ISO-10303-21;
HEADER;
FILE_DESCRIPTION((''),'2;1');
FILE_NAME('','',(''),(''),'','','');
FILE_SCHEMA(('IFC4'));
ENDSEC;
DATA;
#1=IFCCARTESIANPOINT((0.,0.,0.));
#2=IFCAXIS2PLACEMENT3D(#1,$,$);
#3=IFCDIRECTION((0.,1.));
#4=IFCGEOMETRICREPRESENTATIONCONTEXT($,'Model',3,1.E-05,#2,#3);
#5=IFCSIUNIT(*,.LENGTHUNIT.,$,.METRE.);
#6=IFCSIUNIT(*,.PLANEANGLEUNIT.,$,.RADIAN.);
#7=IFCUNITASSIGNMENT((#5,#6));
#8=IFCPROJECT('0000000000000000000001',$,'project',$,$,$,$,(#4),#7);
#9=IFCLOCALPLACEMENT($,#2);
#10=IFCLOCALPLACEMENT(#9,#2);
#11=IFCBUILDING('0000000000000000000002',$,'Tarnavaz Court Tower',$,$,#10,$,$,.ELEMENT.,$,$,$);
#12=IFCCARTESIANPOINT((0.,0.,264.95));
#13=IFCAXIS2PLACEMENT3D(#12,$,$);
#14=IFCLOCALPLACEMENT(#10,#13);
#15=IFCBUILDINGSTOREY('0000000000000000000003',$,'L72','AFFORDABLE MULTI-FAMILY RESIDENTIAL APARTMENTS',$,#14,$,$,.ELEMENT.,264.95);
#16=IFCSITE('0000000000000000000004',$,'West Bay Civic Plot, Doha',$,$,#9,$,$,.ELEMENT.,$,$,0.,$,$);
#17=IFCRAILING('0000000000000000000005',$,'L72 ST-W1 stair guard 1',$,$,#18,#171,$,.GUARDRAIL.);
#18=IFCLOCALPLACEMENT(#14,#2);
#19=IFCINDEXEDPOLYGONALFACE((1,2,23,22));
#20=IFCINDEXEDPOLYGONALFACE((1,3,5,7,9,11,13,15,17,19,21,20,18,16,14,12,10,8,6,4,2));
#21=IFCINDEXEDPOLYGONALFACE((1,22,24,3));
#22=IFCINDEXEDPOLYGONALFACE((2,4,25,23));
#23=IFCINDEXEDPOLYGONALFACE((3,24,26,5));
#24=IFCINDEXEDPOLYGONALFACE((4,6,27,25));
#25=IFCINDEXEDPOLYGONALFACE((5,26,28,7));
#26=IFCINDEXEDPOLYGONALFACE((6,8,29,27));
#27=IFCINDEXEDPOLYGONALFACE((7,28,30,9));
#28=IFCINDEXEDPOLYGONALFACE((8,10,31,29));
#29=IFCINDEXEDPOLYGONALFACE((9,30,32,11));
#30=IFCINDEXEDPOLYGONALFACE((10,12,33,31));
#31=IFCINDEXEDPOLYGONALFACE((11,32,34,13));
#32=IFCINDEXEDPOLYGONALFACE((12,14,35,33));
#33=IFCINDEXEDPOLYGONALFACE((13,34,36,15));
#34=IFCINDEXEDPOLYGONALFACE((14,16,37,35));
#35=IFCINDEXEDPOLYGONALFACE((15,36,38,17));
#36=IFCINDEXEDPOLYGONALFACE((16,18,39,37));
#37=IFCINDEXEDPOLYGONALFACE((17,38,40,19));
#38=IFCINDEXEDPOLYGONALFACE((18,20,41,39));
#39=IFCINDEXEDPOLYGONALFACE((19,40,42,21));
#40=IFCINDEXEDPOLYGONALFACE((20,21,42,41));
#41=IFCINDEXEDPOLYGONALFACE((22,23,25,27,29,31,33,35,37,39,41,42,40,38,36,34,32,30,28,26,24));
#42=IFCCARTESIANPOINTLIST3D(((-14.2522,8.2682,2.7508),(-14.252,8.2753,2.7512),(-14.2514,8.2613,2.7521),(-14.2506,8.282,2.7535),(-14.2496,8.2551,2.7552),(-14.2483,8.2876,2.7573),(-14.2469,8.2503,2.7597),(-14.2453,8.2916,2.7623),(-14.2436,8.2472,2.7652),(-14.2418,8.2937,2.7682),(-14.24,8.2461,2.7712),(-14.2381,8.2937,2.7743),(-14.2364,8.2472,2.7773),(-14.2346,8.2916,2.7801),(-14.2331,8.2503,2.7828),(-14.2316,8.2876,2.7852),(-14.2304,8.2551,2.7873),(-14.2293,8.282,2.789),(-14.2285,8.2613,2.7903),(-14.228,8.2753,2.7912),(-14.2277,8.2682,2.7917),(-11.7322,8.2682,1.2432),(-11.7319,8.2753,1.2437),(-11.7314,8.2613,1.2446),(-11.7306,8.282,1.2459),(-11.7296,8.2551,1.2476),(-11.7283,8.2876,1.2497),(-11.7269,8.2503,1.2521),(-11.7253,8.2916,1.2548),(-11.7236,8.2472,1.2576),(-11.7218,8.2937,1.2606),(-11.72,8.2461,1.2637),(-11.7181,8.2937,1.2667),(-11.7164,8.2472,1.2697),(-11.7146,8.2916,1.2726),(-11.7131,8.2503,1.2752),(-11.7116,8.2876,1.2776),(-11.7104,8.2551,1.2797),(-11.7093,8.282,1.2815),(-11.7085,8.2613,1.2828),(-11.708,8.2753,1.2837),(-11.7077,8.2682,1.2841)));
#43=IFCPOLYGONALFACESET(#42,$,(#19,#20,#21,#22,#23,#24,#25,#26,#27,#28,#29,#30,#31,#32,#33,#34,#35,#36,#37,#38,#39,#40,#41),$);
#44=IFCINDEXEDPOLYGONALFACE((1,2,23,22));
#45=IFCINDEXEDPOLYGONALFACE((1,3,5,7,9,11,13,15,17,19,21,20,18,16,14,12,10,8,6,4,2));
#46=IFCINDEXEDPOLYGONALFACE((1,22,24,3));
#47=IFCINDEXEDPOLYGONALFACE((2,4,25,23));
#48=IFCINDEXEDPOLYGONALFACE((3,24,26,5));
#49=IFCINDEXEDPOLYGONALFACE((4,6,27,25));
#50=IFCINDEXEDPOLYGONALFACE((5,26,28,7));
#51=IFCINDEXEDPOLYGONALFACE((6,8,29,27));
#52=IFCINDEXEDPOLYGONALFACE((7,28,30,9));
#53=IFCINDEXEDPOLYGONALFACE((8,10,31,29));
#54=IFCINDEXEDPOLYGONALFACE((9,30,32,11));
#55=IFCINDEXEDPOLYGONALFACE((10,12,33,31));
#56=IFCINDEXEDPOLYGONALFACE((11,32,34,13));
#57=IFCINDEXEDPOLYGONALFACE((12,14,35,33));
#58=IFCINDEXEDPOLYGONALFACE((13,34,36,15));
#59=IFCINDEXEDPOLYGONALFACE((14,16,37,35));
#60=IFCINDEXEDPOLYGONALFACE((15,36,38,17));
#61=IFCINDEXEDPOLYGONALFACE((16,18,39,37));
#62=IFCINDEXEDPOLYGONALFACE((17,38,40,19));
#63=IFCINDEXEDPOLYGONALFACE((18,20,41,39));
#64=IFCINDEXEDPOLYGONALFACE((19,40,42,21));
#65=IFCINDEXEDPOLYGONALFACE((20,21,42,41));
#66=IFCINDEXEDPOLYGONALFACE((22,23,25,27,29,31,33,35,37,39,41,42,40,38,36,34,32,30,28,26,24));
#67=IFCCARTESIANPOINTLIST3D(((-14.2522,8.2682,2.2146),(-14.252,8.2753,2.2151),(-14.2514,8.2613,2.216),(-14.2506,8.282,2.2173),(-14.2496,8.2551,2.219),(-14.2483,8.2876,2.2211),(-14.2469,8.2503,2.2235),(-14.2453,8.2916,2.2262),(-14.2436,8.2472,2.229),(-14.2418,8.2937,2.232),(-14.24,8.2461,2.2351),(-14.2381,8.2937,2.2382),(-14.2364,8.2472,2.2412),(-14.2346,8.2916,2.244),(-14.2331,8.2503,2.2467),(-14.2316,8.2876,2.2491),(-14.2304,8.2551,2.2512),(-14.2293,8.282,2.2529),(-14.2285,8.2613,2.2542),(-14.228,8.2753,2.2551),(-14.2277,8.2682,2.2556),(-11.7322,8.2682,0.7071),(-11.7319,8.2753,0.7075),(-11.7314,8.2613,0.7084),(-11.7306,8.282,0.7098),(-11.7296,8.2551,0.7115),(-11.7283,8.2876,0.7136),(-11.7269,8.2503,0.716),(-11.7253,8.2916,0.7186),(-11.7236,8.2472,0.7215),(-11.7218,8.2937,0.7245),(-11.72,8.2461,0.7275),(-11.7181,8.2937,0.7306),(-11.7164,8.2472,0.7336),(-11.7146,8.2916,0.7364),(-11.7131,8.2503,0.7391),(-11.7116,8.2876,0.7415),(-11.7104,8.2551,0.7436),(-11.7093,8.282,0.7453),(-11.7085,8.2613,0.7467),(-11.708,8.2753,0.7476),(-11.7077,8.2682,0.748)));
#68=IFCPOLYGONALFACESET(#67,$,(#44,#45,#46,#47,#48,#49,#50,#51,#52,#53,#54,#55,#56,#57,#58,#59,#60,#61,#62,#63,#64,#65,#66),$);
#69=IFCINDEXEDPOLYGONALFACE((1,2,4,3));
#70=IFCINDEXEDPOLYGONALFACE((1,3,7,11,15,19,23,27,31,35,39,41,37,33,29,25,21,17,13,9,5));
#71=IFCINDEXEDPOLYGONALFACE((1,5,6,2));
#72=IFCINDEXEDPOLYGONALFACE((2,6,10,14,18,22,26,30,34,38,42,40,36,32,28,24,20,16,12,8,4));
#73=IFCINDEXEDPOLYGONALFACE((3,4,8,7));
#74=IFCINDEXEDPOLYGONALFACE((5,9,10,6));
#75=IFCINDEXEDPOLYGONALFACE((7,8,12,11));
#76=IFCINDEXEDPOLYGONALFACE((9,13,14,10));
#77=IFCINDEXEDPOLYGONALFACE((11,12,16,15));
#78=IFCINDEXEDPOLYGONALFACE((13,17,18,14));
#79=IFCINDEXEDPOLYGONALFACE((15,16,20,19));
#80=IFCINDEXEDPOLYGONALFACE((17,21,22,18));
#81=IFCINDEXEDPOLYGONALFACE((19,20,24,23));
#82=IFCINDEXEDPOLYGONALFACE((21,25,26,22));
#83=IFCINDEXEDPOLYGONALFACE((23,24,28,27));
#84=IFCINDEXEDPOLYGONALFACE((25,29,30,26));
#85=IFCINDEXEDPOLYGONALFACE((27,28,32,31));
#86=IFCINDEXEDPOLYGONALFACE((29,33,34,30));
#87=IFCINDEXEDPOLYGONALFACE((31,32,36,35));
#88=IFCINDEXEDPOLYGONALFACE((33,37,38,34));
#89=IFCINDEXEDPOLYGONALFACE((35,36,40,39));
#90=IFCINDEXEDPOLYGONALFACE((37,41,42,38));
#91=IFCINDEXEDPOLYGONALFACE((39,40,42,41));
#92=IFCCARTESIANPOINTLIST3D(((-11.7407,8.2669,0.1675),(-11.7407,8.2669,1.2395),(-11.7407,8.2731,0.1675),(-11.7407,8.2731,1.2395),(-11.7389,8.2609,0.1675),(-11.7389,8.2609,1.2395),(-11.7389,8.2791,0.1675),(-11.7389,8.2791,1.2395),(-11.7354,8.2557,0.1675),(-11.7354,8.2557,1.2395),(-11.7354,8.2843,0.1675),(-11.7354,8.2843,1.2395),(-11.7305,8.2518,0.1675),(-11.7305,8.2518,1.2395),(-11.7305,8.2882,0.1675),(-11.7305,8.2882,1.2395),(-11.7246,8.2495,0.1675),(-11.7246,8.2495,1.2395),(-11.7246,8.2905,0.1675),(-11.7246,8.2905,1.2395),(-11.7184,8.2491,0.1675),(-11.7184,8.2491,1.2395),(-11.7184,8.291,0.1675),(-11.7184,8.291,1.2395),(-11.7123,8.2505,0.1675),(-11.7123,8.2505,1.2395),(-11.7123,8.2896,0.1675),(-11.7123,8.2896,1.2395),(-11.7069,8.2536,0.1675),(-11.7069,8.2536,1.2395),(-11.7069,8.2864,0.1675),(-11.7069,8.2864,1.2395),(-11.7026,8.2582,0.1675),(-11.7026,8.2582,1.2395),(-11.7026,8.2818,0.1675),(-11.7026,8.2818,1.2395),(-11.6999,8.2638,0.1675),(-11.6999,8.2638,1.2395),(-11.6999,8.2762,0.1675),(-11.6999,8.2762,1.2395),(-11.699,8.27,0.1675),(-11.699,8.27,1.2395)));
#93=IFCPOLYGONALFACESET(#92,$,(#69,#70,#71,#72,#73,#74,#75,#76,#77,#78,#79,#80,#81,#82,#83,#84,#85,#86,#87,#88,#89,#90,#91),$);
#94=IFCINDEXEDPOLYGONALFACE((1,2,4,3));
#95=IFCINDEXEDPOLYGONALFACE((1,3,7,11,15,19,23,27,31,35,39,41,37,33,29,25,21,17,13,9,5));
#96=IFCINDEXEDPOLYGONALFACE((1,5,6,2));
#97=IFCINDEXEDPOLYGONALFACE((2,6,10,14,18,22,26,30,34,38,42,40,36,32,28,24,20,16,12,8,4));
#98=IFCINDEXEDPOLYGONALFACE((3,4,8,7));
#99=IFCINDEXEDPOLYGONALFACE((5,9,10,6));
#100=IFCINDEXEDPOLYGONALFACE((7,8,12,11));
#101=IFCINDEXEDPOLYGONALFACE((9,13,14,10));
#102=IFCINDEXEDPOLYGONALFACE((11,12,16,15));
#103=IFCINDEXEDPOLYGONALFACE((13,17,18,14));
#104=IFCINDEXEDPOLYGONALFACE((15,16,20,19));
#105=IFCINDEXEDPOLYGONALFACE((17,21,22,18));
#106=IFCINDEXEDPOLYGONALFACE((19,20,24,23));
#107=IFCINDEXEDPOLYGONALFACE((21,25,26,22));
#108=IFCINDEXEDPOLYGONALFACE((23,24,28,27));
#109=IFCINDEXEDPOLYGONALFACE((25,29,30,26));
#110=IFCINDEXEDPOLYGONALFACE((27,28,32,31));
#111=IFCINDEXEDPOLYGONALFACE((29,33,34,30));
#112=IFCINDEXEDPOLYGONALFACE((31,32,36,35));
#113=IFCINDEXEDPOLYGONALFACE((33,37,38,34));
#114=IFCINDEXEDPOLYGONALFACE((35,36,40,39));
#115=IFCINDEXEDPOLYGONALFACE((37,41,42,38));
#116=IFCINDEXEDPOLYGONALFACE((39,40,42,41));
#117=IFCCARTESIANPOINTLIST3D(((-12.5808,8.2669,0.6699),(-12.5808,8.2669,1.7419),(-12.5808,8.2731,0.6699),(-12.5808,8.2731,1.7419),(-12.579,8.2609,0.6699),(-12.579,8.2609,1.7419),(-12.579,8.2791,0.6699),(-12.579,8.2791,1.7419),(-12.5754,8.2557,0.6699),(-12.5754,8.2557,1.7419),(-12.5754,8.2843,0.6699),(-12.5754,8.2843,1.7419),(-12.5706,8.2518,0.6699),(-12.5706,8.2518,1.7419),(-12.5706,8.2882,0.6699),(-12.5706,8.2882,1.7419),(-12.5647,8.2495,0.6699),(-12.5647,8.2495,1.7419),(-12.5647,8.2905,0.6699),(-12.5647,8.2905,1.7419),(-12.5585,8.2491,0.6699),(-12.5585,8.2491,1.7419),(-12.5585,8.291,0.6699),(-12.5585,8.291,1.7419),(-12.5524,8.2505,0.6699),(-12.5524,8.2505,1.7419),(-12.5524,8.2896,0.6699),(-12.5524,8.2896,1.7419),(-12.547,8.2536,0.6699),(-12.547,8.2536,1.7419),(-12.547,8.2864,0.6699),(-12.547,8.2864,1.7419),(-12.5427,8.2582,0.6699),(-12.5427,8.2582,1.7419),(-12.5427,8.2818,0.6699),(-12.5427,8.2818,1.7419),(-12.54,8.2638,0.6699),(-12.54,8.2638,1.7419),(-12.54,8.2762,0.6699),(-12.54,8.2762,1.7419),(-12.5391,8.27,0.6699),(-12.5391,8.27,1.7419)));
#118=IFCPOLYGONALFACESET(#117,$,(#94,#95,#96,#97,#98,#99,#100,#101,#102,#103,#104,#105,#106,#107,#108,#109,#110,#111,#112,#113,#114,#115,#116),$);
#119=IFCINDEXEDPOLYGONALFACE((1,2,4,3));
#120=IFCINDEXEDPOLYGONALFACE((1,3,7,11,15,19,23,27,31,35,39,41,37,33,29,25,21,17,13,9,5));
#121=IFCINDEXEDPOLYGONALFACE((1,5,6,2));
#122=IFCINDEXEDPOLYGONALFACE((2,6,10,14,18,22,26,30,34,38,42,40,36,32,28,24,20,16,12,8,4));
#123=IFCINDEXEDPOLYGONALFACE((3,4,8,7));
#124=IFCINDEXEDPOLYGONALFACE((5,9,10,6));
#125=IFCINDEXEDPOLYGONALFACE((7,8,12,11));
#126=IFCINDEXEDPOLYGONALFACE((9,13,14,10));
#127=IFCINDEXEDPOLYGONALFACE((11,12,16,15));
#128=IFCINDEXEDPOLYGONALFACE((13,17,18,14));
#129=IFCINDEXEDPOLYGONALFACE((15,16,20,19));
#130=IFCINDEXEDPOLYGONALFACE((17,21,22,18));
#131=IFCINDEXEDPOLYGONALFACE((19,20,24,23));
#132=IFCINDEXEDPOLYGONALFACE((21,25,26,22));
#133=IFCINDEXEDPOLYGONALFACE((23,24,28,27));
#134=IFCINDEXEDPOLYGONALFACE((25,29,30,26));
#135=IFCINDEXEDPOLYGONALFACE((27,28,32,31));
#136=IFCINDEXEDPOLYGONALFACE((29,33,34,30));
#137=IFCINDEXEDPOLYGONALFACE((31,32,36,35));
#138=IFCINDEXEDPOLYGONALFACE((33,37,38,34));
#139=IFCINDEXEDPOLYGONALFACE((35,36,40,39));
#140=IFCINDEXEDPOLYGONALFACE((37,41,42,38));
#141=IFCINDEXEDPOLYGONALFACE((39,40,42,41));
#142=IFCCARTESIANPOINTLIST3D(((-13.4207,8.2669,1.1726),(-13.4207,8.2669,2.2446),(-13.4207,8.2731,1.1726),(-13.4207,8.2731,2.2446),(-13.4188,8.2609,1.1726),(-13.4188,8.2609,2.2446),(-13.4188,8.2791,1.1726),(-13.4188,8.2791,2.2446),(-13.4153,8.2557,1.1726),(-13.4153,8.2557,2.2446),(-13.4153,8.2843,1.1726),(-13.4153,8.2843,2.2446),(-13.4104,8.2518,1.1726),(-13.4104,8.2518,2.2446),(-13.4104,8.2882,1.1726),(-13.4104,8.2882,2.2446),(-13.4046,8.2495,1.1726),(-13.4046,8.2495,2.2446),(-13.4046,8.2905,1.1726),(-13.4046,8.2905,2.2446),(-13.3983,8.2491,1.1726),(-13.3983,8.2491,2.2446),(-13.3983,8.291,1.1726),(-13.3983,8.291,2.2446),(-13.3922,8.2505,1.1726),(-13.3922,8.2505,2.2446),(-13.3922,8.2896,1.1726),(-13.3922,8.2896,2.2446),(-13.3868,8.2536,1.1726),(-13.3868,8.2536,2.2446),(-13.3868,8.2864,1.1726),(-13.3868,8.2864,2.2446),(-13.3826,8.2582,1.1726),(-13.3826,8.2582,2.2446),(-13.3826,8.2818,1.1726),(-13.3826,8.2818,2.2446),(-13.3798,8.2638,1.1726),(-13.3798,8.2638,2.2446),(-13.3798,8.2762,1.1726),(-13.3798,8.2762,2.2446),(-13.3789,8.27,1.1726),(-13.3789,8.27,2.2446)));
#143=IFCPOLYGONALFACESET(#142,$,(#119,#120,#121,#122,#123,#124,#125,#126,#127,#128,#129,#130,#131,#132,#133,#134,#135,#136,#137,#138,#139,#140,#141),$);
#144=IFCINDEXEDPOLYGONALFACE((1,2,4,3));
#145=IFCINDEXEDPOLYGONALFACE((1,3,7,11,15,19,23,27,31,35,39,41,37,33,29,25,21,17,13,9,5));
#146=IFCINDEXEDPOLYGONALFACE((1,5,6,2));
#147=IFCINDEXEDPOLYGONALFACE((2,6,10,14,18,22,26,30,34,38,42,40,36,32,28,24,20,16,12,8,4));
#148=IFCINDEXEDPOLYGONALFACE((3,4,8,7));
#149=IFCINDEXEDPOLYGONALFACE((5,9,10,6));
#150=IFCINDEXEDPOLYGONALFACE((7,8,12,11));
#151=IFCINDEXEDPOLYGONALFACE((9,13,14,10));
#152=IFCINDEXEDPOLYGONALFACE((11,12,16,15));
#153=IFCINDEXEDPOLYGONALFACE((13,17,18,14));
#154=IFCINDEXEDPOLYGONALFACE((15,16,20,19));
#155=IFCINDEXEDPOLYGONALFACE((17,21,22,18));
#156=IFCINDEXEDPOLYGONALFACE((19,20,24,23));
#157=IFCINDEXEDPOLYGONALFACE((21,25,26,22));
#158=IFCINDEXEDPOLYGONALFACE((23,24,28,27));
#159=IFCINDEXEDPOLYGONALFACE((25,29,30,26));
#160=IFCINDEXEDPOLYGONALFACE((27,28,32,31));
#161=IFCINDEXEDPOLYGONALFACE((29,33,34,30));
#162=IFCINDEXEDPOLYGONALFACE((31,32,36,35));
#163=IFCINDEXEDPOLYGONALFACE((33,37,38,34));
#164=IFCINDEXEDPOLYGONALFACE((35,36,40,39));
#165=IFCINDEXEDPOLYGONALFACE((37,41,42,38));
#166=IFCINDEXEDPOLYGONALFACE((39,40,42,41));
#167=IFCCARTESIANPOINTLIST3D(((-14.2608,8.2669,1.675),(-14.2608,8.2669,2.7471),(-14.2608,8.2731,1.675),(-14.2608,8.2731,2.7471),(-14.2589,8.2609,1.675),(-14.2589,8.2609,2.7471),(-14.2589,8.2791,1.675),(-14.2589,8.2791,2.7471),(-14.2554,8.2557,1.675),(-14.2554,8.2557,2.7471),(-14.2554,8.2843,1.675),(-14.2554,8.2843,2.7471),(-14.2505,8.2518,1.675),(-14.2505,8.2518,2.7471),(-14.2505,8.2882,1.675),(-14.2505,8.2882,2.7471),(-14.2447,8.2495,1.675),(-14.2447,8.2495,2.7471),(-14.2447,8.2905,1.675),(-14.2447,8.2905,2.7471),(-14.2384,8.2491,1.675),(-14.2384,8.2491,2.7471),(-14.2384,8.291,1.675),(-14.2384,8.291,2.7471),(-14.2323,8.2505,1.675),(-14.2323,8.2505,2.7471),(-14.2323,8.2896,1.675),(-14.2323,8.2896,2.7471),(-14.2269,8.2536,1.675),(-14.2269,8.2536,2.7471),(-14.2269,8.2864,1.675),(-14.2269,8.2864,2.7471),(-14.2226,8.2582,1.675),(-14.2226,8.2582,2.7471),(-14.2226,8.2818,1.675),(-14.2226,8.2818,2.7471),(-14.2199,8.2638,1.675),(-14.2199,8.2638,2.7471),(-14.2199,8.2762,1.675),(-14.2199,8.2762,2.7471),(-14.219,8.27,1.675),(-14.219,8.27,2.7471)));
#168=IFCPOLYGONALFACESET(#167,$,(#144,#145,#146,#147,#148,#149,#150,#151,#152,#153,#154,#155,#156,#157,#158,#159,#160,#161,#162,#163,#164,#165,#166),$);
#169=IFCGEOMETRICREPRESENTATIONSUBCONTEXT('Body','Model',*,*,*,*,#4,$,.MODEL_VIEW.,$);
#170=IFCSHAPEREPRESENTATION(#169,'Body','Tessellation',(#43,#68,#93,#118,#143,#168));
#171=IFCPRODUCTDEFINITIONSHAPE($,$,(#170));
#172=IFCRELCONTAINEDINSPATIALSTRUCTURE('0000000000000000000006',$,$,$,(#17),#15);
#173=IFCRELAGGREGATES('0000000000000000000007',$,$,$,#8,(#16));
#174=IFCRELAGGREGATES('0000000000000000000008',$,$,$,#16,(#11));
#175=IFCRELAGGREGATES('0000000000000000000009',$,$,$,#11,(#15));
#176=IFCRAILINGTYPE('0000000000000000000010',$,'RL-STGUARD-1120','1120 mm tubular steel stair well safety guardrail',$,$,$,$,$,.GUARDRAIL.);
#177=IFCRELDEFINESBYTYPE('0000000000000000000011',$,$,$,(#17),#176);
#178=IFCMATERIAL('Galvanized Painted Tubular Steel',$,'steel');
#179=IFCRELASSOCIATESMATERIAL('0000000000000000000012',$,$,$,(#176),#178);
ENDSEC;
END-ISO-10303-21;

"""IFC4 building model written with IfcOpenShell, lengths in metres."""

from ifc_helpers import new_model, si_unit, direction, frame, origin, origin_2d, place, context, subcontext, project, spatial, circle, extrude, material, type_object, element, save


model = new_model("IFC4")

# Units and contexts
model_context = context("Model", 3, precision=1e-05, world=origin(), true_north=direction((0.0, 1.0)))
body_context = subcontext(model_context, "Body", "Model", "MODEL_VIEW")
ifc_project = project(units=[si_unit("LENGTHUNIT", "METRE"), si_unit("PLANEANGLEUNIT", "RADIAN")], contexts=[model_context])

# Site, building, storey
site_placement = place(None, origin())
site = spatial("IfcSite", under=ifc_project, at=site_placement, Name="West Bay Civic Plot, Doha", CompositionType="ELEMENT", RefElevation=0.0)
building_placement = place(site_placement, origin())
building = spatial("IfcBuilding", under=site, at=building_placement, Name="Tarnavaz Court Tower", CompositionType="ELEMENT")
storey_placement = place(building_placement, frame((0.0, 0.0, 264.95)))
storey = spatial("IfcBuildingStorey", under=building, at=storey_placement, Name="L72", Description="AFFORDABLE MULTI-FAMILY RESIDENTIAL APARTMENTS", CompositionType="ELEMENT", Elevation=264.95)

# Railing
ifc_material_1 = material(Name="Galvanized Painted Tubular Steel", Category="steel")
railing_type_1 = type_object("IfcRailingType", Name="RL-STGUARD-1120", Description="1120 mm tubular steel stair well safety guardrail", PredefinedType="GUARDRAIL", material=ifc_material_1)
railing_1_placement = place(storey_placement, frame((-11.72, 8.27, 0.1675)))
element("IfcRailing", 1, at=railing_1_placement, inside=storey, type_object=railing_type_1, Name="L72 ST-W1 stair guard 1", PredefinedType="GUARDRAIL", context=body_context, shape_type="SweptSolid", body=[
    extrude(circle(Radius=0.0239, at=origin_2d()), frame((0.0, 0.0, 1.0962), z_axis=(-0.85816, 0.0, 0.513383), x_axis=(0.0, -1.0, 0.0)), (0.0, 0.0, 1.0), 2.9365),
    extrude(circle(Radius=0.0239, at=origin_2d()), frame((0.0, 0.0, 0.5601), z_axis=(-0.85816, 0.0, 0.513383), x_axis=(0.0, -1.0, 0.0)), (0.0, 0.0, 1.0), 2.9365),
    extrude(circle(Radius=0.021, at=origin_2d()), origin(), (0.0, 0.0, 1.0), 1.072),
    extrude(circle(Radius=0.021, at=origin_2d()), frame((-0.8401, 0.0, 0.5024)), (0.0, 0.0, 1.0), 1.072),
    extrude(circle(Radius=0.021, at=origin_2d()), frame((-1.6799, 0.0, 1.0051)), (0.0, 0.0, 1.0), 1.072),
    extrude(circle(Radius=0.021, at=origin_2d()), frame((-2.52, 0.0, 1.5076)), (0.0, 0.0, 1.0), 1.072),
])

save(model, "model.ifc")
